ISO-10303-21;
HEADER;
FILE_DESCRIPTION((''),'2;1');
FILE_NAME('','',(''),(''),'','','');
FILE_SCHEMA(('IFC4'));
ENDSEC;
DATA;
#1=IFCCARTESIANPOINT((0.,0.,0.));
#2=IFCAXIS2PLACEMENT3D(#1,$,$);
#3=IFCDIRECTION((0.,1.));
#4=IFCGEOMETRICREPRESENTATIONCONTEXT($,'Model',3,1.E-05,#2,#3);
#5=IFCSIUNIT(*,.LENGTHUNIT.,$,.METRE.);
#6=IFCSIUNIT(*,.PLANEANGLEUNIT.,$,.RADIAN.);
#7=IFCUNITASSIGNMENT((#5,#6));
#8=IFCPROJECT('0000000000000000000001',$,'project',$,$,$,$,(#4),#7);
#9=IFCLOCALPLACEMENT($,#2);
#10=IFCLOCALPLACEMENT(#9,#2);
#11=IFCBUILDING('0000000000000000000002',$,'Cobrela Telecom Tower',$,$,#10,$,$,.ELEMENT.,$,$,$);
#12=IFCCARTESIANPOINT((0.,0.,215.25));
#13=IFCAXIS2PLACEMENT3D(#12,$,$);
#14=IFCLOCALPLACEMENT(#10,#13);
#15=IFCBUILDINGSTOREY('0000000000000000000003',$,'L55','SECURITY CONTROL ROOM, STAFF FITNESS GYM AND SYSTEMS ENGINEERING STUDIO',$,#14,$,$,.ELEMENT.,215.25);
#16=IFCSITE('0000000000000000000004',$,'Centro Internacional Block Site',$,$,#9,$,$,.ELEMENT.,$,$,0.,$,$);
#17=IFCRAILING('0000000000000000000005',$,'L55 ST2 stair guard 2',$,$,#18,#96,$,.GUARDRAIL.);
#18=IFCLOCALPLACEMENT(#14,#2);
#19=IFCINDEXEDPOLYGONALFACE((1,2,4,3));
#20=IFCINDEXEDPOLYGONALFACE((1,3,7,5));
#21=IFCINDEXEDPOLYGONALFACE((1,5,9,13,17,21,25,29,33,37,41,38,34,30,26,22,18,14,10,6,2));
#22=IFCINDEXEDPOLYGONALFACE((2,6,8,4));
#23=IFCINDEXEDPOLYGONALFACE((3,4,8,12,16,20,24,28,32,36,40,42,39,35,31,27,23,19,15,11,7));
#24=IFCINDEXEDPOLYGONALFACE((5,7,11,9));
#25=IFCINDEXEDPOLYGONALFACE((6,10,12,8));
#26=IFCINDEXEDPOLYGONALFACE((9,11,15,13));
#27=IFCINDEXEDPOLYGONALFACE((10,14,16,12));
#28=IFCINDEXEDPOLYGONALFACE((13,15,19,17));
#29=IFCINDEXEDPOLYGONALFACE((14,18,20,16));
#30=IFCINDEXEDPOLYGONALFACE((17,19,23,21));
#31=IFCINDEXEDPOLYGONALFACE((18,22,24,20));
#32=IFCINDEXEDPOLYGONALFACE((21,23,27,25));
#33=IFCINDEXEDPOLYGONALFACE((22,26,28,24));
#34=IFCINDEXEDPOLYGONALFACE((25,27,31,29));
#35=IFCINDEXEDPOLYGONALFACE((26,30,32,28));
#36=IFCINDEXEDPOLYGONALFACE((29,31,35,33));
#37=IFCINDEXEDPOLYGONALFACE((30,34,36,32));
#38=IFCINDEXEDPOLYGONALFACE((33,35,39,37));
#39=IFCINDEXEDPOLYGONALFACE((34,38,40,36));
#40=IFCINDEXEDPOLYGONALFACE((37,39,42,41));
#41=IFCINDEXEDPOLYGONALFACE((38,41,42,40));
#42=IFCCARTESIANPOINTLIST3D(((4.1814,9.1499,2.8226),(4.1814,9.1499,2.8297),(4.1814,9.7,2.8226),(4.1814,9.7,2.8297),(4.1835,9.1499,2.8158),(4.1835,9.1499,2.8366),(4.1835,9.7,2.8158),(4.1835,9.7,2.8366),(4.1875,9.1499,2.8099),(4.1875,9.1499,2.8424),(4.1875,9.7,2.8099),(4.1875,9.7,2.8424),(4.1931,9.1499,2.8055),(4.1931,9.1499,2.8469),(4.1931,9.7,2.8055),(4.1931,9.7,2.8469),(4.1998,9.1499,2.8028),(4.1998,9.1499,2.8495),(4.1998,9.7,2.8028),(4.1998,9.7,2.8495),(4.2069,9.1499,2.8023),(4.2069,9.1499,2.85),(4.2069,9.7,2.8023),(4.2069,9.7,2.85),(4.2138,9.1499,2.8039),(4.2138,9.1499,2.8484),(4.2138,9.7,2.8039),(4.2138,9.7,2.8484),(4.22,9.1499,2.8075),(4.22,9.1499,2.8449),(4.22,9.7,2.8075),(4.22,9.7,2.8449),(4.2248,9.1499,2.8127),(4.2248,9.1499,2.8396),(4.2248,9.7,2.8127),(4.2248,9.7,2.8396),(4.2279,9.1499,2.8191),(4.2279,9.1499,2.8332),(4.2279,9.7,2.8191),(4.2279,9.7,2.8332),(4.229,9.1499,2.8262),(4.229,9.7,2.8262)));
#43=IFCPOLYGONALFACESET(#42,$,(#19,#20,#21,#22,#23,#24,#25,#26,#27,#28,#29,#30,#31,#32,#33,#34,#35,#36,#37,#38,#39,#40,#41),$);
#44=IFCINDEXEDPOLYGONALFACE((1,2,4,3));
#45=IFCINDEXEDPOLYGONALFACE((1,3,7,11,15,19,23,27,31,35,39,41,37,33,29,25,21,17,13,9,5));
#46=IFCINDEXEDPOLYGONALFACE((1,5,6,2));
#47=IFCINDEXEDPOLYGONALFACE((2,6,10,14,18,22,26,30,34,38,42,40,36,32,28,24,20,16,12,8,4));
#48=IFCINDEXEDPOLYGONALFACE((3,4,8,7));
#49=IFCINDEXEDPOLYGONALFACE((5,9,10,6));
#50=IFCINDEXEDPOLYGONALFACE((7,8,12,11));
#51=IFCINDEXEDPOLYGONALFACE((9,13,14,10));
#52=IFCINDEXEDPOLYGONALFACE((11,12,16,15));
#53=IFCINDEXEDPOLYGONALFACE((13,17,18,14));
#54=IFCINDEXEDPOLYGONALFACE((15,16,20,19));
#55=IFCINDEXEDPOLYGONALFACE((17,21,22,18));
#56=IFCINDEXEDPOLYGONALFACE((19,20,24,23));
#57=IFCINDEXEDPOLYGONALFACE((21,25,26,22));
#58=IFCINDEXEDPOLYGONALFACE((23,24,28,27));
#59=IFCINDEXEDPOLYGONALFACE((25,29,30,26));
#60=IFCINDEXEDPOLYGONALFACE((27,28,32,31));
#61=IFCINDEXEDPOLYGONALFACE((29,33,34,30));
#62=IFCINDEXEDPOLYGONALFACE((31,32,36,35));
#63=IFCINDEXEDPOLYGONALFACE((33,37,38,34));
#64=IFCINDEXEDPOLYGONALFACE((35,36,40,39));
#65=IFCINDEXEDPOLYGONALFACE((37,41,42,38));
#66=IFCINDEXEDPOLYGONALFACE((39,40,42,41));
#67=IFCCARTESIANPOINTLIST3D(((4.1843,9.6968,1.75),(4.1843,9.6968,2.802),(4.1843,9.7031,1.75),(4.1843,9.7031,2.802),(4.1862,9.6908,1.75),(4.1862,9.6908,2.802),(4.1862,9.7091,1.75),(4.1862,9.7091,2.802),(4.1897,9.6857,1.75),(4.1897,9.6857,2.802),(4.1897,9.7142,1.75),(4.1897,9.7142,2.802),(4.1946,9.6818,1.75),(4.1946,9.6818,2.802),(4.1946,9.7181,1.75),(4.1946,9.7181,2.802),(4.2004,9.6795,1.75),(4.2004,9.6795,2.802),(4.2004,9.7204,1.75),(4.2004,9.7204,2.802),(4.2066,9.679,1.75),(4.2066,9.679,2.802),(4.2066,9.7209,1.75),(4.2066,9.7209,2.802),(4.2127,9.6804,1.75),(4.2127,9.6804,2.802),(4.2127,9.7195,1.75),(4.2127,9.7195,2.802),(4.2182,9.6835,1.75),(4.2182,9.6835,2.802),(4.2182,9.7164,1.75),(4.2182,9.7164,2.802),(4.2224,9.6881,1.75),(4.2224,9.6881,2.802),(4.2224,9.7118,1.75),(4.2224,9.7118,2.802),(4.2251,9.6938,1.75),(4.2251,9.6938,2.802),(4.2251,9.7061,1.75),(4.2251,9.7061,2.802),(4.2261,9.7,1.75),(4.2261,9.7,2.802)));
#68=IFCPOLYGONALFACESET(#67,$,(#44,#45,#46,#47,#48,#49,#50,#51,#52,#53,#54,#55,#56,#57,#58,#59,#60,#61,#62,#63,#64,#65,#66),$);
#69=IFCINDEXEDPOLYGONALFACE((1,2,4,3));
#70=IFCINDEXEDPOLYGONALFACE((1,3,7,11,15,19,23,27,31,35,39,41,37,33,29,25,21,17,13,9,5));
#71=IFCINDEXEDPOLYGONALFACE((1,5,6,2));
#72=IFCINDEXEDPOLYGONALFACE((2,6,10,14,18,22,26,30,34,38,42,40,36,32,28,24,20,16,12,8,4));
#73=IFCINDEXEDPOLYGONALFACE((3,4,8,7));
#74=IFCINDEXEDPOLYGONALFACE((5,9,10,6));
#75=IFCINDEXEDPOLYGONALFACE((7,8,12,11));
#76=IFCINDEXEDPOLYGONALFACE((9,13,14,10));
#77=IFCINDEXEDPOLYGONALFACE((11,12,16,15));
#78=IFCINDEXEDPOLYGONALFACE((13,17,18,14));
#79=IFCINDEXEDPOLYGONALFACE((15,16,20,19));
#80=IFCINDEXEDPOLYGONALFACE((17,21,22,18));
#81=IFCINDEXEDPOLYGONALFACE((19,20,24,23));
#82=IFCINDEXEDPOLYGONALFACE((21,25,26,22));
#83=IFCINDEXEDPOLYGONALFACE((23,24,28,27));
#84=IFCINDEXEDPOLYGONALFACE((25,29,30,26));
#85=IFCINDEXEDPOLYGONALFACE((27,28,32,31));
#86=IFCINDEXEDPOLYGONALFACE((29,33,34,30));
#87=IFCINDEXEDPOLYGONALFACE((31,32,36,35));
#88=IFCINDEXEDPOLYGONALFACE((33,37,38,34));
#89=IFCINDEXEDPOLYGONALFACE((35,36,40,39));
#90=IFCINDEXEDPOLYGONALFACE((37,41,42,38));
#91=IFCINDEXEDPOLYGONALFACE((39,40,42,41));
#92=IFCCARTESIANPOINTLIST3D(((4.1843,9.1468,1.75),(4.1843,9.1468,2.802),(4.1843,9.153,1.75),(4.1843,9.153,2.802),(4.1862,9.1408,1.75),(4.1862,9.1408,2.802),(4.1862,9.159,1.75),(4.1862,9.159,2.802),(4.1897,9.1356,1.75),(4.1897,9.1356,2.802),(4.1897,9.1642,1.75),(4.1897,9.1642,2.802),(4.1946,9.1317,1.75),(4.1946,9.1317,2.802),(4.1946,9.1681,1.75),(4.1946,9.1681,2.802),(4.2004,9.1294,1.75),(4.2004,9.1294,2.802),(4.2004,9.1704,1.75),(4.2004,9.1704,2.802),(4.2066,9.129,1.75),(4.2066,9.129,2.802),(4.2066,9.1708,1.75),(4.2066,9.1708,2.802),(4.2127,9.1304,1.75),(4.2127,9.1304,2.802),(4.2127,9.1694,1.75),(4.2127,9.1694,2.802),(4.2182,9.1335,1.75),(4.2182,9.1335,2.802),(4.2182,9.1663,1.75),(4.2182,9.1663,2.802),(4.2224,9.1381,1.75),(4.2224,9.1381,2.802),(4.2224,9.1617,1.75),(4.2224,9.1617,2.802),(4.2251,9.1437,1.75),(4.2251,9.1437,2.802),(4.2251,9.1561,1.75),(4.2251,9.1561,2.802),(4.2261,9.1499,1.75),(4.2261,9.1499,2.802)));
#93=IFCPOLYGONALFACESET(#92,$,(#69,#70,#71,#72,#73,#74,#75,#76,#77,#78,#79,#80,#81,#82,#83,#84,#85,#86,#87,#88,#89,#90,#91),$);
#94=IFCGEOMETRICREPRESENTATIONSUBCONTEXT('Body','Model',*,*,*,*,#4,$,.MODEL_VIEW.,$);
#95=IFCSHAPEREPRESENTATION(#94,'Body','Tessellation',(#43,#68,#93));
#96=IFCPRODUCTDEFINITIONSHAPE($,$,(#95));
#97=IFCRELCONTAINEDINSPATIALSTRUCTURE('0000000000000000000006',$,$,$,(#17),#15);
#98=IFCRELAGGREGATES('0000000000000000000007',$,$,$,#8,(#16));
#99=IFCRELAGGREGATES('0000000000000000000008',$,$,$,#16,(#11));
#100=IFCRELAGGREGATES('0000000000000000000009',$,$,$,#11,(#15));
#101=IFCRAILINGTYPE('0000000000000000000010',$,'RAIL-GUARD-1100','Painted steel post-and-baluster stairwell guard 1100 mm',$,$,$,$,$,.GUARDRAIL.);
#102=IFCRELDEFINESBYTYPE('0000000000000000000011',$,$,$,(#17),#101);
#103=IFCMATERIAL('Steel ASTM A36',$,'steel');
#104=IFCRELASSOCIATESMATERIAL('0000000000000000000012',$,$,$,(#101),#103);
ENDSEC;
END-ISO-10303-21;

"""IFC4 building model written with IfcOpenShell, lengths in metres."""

from ifc_helpers import new_model, si_unit, direction, frame, origin, origin_2d, place, context, subcontext, project, spatial, circle, extrude, material, type_object, element, save


model = new_model("IFC4")

# Units and contexts
model_context = context("Model", 3, precision=1e-05, world=origin(), true_north=direction((0.0, 1.0)))
body_context = subcontext(model_context, "Body", "Model", "MODEL_VIEW")
ifc_project = project(units=[si_unit("LENGTHUNIT", "METRE"), si_unit("PLANEANGLEUNIT", "RADIAN")], contexts=[model_context])

# Site, building, storey
site_placement = place(None, origin())
site = spatial("IfcSite", under=ifc_project, at=site_placement, Name="Centro Internacional Block Site", CompositionType="ELEMENT", RefElevation=0.0)
building_placement = place(site_placement, origin())
building = spatial("IfcBuilding", under=site, at=building_placement, Name="Cobrela Telecom Tower", CompositionType="ELEMENT")
storey_placement = place(building_placement, frame((0.0, 0.0, 215.25)))
storey = spatial("IfcBuildingStorey", under=building, at=storey_placement, Name="L55", Description="SECURITY CONTROL ROOM, STAFF FITNESS GYM AND SYSTEMS ENGINEERING STUDIO", CompositionType="ELEMENT", Elevation=215.25)

# Shared definitions
ifc_material_1 = material(Name="Steel ASTM A36", Category="steel")

# Railing
railing_type = type_object("IfcRailingType", Name="RAIL-GUARD-1100", Description="Painted steel post-and-baluster stairwell guard 1100 mm", PredefinedType="GUARDRAIL", material=ifc_material_1)
railing_1_placement = place(storey_placement, frame((4.2051, 9.7, 1.75)))
element("IfcRailing", 1, at=railing_1_placement, inside=storey, type_object=railing_type, Name="L55 ST2 stair guard 2", PredefinedType="GUARDRAIL", context=body_context, shape_type="SweptSolid", body=[
    extrude(circle(Radius=0.0239, at=origin_2d()), frame((0.0, 0.0, 1.0762), z_axis=(0.0, -1.0, 0.0), x_axis=(1.0, 0.0, 0.0)), (0.0, 0.0, 1.0), 0.55),
    extrude(circle(Radius=0.021, at=origin_2d()), origin(), (0.0, 0.0, 1.0), 1.052),
    extrude(circle(Radius=0.021, at=origin_2d()), frame((0.0, -0.55, 0.0)), (0.0, 0.0, 1.0), 1.052),
])

save(model, "model.ifc")
